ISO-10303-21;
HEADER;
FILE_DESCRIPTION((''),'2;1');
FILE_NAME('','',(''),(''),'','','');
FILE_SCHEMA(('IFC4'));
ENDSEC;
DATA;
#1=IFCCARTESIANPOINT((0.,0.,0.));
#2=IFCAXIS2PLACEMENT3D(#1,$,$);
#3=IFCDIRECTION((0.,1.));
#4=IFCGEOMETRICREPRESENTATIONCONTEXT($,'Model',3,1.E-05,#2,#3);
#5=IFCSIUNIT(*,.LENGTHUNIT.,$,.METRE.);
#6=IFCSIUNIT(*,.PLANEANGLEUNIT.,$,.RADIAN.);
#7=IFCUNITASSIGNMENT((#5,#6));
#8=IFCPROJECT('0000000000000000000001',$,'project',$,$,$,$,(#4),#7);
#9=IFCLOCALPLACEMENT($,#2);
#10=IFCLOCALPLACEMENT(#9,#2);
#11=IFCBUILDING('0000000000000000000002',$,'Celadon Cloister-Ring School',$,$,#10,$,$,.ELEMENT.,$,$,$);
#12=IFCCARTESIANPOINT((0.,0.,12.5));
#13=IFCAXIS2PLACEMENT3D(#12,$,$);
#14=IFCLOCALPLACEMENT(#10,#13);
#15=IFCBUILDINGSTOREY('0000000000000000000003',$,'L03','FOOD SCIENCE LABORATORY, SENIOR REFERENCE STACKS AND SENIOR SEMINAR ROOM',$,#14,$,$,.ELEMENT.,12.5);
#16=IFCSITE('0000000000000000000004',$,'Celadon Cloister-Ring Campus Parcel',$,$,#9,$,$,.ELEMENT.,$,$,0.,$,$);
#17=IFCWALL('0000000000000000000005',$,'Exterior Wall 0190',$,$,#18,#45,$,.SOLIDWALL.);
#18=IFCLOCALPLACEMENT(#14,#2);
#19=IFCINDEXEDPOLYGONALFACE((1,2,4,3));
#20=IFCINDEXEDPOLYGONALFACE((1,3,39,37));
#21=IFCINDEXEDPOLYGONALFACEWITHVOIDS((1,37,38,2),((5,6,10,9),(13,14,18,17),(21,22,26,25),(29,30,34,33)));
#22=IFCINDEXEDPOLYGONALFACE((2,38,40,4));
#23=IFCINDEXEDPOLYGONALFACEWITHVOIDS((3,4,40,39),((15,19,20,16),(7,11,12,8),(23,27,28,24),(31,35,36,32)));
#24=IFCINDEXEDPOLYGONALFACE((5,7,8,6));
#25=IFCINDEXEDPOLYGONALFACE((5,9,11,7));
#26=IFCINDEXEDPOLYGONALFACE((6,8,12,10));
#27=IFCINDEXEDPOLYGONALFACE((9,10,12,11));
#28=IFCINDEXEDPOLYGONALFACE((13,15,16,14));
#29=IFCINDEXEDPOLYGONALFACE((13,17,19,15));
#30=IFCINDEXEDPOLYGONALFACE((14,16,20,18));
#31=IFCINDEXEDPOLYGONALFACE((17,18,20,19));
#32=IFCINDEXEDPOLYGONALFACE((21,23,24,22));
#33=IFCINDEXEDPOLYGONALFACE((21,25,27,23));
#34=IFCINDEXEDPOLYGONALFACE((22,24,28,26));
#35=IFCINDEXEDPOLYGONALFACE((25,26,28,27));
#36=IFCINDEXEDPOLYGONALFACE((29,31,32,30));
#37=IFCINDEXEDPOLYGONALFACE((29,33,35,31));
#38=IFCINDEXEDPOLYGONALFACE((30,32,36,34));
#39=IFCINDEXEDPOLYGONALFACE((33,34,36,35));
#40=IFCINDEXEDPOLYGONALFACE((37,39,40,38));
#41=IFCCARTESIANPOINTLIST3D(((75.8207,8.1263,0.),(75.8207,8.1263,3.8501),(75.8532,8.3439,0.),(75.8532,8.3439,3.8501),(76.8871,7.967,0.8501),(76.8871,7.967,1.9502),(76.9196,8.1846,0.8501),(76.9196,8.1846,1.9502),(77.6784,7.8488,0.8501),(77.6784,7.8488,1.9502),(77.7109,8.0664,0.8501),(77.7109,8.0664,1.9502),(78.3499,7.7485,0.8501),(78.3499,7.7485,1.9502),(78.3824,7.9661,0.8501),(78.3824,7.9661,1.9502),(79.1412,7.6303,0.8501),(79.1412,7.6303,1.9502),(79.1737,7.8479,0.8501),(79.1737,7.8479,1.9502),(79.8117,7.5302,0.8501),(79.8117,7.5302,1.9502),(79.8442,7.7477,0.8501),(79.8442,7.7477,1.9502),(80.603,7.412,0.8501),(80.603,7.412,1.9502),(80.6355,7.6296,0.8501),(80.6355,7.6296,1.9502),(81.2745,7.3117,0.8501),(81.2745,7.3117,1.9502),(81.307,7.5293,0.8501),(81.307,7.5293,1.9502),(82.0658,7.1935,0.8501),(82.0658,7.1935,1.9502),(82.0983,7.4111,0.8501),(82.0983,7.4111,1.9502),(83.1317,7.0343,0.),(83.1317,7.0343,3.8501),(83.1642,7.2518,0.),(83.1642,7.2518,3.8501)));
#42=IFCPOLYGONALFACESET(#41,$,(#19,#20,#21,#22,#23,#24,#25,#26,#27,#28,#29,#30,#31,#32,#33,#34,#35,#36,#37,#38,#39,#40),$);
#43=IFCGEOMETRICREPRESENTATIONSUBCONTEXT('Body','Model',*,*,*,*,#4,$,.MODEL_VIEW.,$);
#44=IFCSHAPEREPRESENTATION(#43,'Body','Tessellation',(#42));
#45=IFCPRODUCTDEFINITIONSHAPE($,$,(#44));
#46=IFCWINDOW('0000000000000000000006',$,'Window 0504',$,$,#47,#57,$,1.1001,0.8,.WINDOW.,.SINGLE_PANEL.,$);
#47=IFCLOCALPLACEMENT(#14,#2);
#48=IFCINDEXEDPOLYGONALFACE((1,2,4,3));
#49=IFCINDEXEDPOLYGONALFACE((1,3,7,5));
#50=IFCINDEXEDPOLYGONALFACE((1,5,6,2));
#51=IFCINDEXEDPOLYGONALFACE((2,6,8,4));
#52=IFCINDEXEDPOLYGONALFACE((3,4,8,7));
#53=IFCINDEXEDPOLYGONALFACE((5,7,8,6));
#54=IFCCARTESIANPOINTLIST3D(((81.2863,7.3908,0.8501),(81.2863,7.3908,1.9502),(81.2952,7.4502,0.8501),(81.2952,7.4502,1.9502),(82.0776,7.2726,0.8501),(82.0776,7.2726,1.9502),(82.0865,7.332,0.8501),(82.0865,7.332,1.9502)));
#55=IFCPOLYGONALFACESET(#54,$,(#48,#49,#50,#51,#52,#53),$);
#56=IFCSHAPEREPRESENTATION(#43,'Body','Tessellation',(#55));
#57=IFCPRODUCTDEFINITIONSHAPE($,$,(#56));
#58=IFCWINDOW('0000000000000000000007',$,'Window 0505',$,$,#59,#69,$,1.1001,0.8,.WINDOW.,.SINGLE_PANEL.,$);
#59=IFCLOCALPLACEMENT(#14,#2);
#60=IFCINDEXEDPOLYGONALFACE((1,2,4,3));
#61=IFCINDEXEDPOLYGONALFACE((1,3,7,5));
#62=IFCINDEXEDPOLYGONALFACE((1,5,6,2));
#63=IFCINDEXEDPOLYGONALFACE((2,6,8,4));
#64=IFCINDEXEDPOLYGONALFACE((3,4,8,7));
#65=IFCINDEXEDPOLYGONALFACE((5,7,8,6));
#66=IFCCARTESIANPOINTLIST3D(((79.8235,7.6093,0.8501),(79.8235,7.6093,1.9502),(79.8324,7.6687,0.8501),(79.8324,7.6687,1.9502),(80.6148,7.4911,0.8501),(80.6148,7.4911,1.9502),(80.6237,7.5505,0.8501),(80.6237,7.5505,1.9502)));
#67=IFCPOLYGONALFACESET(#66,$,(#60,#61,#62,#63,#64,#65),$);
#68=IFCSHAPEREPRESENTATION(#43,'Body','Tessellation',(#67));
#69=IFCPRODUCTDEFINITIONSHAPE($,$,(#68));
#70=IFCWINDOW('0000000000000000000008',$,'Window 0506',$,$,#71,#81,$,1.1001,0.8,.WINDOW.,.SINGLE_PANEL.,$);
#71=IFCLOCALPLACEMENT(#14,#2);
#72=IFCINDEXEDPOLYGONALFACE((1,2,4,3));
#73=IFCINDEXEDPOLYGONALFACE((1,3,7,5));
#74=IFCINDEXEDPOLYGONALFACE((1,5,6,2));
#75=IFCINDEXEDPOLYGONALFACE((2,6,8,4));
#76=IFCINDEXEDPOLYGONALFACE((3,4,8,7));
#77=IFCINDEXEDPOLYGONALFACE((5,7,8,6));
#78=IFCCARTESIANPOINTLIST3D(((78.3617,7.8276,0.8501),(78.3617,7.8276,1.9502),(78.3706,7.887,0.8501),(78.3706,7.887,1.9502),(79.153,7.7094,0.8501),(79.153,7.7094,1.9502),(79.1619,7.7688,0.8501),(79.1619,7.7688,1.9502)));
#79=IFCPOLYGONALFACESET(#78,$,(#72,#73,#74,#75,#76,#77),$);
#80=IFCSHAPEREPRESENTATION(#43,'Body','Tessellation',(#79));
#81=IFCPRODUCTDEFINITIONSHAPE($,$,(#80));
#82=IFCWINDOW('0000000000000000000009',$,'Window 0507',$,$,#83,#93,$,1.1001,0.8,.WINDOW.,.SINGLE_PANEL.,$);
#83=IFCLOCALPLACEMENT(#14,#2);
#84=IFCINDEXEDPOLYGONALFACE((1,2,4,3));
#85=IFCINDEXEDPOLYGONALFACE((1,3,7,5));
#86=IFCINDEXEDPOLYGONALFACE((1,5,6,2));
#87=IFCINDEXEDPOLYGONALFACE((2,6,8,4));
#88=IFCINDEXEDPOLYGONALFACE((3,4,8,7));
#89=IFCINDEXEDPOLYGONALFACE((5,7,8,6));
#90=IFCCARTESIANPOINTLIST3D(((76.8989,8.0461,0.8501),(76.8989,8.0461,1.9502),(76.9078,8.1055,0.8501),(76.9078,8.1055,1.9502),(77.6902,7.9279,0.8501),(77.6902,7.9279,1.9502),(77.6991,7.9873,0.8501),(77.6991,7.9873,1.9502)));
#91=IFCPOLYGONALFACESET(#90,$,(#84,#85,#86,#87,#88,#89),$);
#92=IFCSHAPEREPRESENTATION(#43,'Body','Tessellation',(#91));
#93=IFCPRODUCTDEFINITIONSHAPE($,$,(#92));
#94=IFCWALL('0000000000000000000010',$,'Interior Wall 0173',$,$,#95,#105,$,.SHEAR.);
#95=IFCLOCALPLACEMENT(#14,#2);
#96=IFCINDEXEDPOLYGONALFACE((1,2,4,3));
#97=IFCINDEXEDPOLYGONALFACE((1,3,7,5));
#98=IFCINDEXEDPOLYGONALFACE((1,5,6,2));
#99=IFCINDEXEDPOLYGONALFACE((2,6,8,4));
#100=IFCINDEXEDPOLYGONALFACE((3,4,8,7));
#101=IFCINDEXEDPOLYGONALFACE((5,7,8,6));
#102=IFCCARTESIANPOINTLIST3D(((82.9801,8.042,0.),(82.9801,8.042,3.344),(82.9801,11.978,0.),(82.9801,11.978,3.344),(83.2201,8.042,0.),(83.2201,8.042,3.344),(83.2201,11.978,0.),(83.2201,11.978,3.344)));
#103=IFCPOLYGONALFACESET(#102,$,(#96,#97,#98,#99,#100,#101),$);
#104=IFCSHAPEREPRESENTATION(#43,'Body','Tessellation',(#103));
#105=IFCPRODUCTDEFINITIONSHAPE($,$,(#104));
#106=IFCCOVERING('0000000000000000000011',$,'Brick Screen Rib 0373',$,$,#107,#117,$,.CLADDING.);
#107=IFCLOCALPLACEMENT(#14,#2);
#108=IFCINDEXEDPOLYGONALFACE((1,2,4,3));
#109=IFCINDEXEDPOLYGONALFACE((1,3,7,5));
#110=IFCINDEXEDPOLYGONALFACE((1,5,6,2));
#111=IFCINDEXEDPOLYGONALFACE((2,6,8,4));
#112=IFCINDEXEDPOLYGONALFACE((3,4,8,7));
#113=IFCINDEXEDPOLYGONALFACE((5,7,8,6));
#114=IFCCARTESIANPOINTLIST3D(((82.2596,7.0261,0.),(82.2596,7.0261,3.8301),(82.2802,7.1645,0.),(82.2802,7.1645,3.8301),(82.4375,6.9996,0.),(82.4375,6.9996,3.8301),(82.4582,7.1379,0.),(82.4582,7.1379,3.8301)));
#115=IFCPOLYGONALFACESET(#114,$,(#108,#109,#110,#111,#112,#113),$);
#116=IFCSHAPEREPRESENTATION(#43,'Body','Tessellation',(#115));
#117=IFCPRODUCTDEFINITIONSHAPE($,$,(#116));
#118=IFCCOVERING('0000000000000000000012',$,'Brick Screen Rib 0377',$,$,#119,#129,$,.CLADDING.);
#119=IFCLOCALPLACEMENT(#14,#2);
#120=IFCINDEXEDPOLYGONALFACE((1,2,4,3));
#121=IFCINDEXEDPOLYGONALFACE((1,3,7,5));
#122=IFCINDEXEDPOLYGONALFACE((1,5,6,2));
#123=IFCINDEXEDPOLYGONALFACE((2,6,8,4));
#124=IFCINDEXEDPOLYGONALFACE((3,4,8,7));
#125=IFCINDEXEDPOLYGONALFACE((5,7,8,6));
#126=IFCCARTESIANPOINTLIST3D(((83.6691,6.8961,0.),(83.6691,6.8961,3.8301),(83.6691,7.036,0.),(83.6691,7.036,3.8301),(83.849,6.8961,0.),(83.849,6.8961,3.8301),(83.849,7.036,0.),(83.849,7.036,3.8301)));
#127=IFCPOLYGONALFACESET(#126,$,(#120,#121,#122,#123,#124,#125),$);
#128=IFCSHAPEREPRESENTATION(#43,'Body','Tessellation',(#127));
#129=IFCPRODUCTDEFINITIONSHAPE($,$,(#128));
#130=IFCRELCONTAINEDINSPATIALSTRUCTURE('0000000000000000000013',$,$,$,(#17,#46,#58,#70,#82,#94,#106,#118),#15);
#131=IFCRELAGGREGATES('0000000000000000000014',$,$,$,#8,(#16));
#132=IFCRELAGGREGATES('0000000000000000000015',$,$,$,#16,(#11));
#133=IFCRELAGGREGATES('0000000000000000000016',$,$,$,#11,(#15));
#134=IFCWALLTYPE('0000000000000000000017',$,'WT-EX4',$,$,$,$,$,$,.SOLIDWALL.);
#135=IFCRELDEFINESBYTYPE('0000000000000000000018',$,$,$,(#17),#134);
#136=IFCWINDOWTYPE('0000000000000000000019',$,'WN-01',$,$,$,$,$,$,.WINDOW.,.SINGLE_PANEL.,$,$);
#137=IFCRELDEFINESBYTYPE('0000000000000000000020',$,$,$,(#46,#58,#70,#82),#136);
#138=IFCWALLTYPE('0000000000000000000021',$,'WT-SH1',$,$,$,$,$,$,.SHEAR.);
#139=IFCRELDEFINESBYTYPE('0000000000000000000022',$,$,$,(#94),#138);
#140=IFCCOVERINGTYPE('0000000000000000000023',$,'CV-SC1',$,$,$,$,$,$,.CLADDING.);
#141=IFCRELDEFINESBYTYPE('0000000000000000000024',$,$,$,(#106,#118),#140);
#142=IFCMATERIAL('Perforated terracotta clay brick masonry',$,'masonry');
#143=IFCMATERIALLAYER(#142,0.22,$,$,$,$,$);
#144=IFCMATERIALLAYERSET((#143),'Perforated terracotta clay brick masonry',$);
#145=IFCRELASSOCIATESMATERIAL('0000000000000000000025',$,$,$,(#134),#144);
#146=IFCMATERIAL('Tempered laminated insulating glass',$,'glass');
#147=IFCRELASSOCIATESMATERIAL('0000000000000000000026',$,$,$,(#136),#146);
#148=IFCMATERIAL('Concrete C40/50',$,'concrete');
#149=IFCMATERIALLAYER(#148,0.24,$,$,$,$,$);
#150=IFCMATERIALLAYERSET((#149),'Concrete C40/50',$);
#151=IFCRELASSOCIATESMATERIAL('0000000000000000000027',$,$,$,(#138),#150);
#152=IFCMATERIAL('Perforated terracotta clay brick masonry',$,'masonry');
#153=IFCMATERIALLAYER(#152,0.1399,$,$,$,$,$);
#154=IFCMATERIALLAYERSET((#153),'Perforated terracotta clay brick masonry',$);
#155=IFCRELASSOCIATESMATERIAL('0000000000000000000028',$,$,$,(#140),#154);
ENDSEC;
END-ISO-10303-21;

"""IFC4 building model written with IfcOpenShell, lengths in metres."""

from ifc_helpers import new_model, si_unit, direction, frame, frame_2d, origin, origin_2d, place, context, subcontext, project, spatial, rectangle, extrude, material, layer, layer_set, type_object, element, fill, save


model = new_model("IFC4")

# Units and contexts
model_context = context("Model", 3, precision=1e-05, world=origin(), true_north=direction((0.0, 1.0)))
body_context = subcontext(model_context, "Body", "Model", "MODEL_VIEW")
ifc_project = project(units=[si_unit("LENGTHUNIT", "METRE"), si_unit("PLANEANGLEUNIT", "RADIAN")], contexts=[model_context])

# Site, building, storey
site_placement = place(None, origin())
site = spatial("IfcSite", under=ifc_project, at=site_placement, Name="Celadon Cloister-Ring Campus Parcel", CompositionType="ELEMENT", RefElevation=0.0)
building_placement = place(site_placement, origin())
building = spatial("IfcBuilding", under=site, at=building_placement, Name="Celadon Cloister-Ring School", CompositionType="ELEMENT")
storey_placement = place(building_placement, frame((0.0, 0.0, 12.5)))
storey = spatial("IfcBuildingStorey", under=building, at=storey_placement, Name="L03", Description="FOOD SCIENCE LABORATORY, SENIOR REFERENCE STACKS AND SENIOR SEMINAR ROOM", CompositionType="ELEMENT", Elevation=12.5)

# Wall, openings, windows
ifc_material_1 = material(Name="Perforated terracotta clay brick masonry", Category="masonry")
ifc_layer_1 = layer(ifc_material_1, 0.22)
ifc_layer_set_1 = layer_set([ifc_layer_1], Name="Perforated terracotta clay brick masonry")
wall_type_1 = type_object("IfcWallType", Name="WT-EX4", PredefinedType="SOLIDWALL", material=ifc_layer_set_1)
wall_1_placement = place(storey_placement, frame((83.1479, 7.1431, 0.0), z_axis=(0.0, 0.0, 1.0), x_axis=(-0.989028, 0.14773, 0.0)))
wall_1 = element("IfcWall", 1, at=wall_1_placement, inside=storey, type_object=wall_type_1, Name="Exterior Wall 0190", PredefinedType="SOLIDWALL", context=body_context, shape_type="SweptSolid", body=[
    extrude(rectangle(XDim=7.3921, YDim=0.22, at=frame_2d((3.696, 0.0))), origin(), (0.0, 0.0, 1.0), 3.8501),
])
opening_1_placement = place(wall_1_placement, frame((1.0779, 0.0, 0.8501)))
opening_1 = element("IfcOpeningElement", 2, at=opening_1_placement, cuts=wall_1, PredefinedType="OPENING", context=body_context, shape_type="SweptSolid", body=[
    extrude(rectangle(XDim=0.8, YDim=1.1001, at=frame_2d((0.3999, 0.55))), frame((0.0, 0.1201, 0.0), z_axis=(0.0, -1.0, 0.0), x_axis=(1.0, 0.0, 0.0)), (0.0, 0.0, 1.0), 0.24),
])
opening_2_placement = place(wall_1_placement, frame((2.5569, 0.0, 0.8501)))
opening_2 = element("IfcOpeningElement", 3, at=opening_2_placement, cuts=wall_1, PredefinedType="OPENING", context=body_context, shape_type="SweptSolid", body=[
    extrude(rectangle(XDim=0.8, YDim=1.1001, at=frame_2d((0.3999, 0.55))), frame((0.0, 0.1201, 0.0), z_axis=(0.0, -1.0, 0.0), x_axis=(1.0, 0.0, 0.0)), (0.0, 0.0, 1.0), 0.24),
])
opening_3_placement = place(wall_1_placement, frame((4.0349, 0.0, 0.8501)))
opening_3 = element("IfcOpeningElement", 4, at=opening_3_placement, cuts=wall_1, PredefinedType="OPENING", context=body_context, shape_type="SweptSolid", body=[
    extrude(rectangle(XDim=0.8, YDim=1.1001, at=frame_2d((0.3999, 0.55))), frame((0.0, 0.1201, 0.0), z_axis=(0.0, -1.0, 0.0), x_axis=(1.0, 0.0, 0.0)), (0.0, 0.0, 1.0), 0.24),
])
opening_4_placement = place(wall_1_placement, frame((5.5139, 0.0, 0.8501)))
opening_4 = element("IfcOpeningElement", 5, at=opening_4_placement, cuts=wall_1, PredefinedType="OPENING", context=body_context, shape_type="SweptSolid", body=[
    extrude(rectangle(XDim=0.8, YDim=1.1001, at=frame_2d((0.3999, 0.55))), frame((0.0, 0.1201, 0.0), z_axis=(0.0, -1.0, 0.0), x_axis=(1.0, 0.0, 0.0)), (0.0, 0.0, 1.0), 0.24),
])
ifc_material_2 = material(Name="Tempered laminated insulating glass", Category="glass")
window_type = type_object("IfcWindowType", Name="WN-01", PartitioningType="SINGLE_PANEL", PredefinedType="WINDOW", material=ifc_material_2)
window_1_placement = place(opening_1_placement, origin())
window_1 = element("IfcWindow", 6, at=window_1_placement, inside=storey, type_object=window_type, Name="Window 0504", OverallHeight=1.1001, OverallWidth=0.8, PartitioningType="SINGLE_PANEL", PredefinedType="WINDOW", context=body_context, shape_type="SweptSolid", body=[
    extrude(rectangle(XDim=0.8, YDim=1.1001, at=frame_2d((0.3999, 0.55))), frame((0.0, 0.03, 0.0), z_axis=(0.0, -1.0, 0.0), x_axis=(1.0, 0.0, 0.0)), (0.0, 0.0, 1.0), 0.0601),
])
fill(opening_1, window_1)
window_2_placement = place(opening_2_placement, origin())
window_2 = element("IfcWindow", 7, at=window_2_placement, inside=storey, type_object=window_type, Name="Window 0505", OverallHeight=1.1001, OverallWidth=0.8, PartitioningType="SINGLE_PANEL", PredefinedType="WINDOW", context=body_context, shape_type="SweptSolid", body=[
    extrude(rectangle(XDim=0.8, YDim=1.1001, at=frame_2d((0.3999, 0.55))), frame((0.0, 0.03, 0.0), z_axis=(0.0, -1.0, 0.0), x_axis=(1.0, 0.0, 0.0)), (0.0, 0.0, 1.0), 0.0601),
])
fill(opening_2, window_2)
window_3_placement = place(opening_3_placement, origin())
window_3 = element("IfcWindow", 8, at=window_3_placement, inside=storey, type_object=window_type, Name="Window 0506", OverallHeight=1.1001, OverallWidth=0.8, PartitioningType="SINGLE_PANEL", PredefinedType="WINDOW", context=body_context, shape_type="SweptSolid", body=[
    extrude(rectangle(XDim=0.8, YDim=1.1001, at=frame_2d((0.3999, 0.55))), frame((0.0, 0.03, 0.0), z_axis=(0.0, -1.0, 0.0), x_axis=(1.0, 0.0, 0.0)), (0.0, 0.0, 1.0), 0.0601),
])
fill(opening_3, window_3)
window_4_placement = place(opening_4_placement, origin())
window_4 = element("IfcWindow", 9, at=window_4_placement, inside=storey, type_object=window_type, Name="Window 0507", OverallHeight=1.1001, OverallWidth=0.8, PartitioningType="SINGLE_PANEL", PredefinedType="WINDOW", context=body_context, shape_type="SweptSolid", body=[
    extrude(rectangle(XDim=0.8, YDim=1.1001, at=frame_2d((0.3999, 0.55))), frame((0.0, 0.03, 0.0), z_axis=(0.0, -1.0, 0.0), x_axis=(1.0, 0.0, 0.0)), (0.0, 0.0, 1.0), 0.0601),
])
fill(opening_4, window_4)

# Wall
ifc_material_3 = material(Name="Concrete C40/50", Category="concrete")
ifc_layer_2 = layer(ifc_material_3, 0.24)
ifc_layer_set_2 = layer_set([ifc_layer_2], Name="Concrete C40/50")
wall_type_2 = type_object("IfcWallType", Name="WT-SH1", PredefinedType="SHEAR", material=ifc_layer_set_2)
wall_2_placement = place(storey_placement, frame((83.1001, 8.042, 0.0), z_axis=(0.0, 0.0, 1.0), x_axis=(0.0, 1.0, 0.0)))
element("IfcWall", 10, at=wall_2_placement, inside=storey, type_object=wall_type_2, Name="Interior Wall 0173", PredefinedType="SHEAR", context=body_context, shape_type="SweptSolid", body=[
    extrude(rectangle(XDim=3.936, YDim=0.24, at=frame_2d((1.968, 0.0))), origin(), (0.0, 0.0, 1.0), 3.344),
])

# Coverings
ifc_material_4 = material(Name="Perforated terracotta clay brick masonry", Category="masonry")
ifc_layer_3 = layer(ifc_material_4, 0.1399)
ifc_layer_set_3 = layer_set([ifc_layer_3], Name="Perforated terracotta clay brick masonry")
covering_type = type_object("IfcCoveringType", Name="CV-SC1", PredefinedType="CLADDING", material=ifc_layer_set_3)
for number, where, z_axis, x_axis, name in (
    (11, (82.3589, 7.082, 0.0), (0.0, 0.0, 1.0), (-0.989029, 0.147723, 0.0), "Brick Screen Rib 0373"),
    (12, (83.759, 6.9661, 0.0), (0.0, 0.0, 1.0), (-1.0, 0.0, 0.0), "Brick Screen Rib 0377"),
):
    element("IfcCovering", number, at=place(storey_placement, frame(where, z_axis=z_axis, x_axis=x_axis)), inside=storey, type_object=covering_type, Name=name, PredefinedType="CLADDING", context=body_context, shape_type="SweptSolid", body=[
        extrude(rectangle(XDim=0.1799, YDim=0.1399, at=origin_2d()), origin(), (0.0, 0.0, 1.0), 3.8301),
    ])

save(model, "model.ifc")
